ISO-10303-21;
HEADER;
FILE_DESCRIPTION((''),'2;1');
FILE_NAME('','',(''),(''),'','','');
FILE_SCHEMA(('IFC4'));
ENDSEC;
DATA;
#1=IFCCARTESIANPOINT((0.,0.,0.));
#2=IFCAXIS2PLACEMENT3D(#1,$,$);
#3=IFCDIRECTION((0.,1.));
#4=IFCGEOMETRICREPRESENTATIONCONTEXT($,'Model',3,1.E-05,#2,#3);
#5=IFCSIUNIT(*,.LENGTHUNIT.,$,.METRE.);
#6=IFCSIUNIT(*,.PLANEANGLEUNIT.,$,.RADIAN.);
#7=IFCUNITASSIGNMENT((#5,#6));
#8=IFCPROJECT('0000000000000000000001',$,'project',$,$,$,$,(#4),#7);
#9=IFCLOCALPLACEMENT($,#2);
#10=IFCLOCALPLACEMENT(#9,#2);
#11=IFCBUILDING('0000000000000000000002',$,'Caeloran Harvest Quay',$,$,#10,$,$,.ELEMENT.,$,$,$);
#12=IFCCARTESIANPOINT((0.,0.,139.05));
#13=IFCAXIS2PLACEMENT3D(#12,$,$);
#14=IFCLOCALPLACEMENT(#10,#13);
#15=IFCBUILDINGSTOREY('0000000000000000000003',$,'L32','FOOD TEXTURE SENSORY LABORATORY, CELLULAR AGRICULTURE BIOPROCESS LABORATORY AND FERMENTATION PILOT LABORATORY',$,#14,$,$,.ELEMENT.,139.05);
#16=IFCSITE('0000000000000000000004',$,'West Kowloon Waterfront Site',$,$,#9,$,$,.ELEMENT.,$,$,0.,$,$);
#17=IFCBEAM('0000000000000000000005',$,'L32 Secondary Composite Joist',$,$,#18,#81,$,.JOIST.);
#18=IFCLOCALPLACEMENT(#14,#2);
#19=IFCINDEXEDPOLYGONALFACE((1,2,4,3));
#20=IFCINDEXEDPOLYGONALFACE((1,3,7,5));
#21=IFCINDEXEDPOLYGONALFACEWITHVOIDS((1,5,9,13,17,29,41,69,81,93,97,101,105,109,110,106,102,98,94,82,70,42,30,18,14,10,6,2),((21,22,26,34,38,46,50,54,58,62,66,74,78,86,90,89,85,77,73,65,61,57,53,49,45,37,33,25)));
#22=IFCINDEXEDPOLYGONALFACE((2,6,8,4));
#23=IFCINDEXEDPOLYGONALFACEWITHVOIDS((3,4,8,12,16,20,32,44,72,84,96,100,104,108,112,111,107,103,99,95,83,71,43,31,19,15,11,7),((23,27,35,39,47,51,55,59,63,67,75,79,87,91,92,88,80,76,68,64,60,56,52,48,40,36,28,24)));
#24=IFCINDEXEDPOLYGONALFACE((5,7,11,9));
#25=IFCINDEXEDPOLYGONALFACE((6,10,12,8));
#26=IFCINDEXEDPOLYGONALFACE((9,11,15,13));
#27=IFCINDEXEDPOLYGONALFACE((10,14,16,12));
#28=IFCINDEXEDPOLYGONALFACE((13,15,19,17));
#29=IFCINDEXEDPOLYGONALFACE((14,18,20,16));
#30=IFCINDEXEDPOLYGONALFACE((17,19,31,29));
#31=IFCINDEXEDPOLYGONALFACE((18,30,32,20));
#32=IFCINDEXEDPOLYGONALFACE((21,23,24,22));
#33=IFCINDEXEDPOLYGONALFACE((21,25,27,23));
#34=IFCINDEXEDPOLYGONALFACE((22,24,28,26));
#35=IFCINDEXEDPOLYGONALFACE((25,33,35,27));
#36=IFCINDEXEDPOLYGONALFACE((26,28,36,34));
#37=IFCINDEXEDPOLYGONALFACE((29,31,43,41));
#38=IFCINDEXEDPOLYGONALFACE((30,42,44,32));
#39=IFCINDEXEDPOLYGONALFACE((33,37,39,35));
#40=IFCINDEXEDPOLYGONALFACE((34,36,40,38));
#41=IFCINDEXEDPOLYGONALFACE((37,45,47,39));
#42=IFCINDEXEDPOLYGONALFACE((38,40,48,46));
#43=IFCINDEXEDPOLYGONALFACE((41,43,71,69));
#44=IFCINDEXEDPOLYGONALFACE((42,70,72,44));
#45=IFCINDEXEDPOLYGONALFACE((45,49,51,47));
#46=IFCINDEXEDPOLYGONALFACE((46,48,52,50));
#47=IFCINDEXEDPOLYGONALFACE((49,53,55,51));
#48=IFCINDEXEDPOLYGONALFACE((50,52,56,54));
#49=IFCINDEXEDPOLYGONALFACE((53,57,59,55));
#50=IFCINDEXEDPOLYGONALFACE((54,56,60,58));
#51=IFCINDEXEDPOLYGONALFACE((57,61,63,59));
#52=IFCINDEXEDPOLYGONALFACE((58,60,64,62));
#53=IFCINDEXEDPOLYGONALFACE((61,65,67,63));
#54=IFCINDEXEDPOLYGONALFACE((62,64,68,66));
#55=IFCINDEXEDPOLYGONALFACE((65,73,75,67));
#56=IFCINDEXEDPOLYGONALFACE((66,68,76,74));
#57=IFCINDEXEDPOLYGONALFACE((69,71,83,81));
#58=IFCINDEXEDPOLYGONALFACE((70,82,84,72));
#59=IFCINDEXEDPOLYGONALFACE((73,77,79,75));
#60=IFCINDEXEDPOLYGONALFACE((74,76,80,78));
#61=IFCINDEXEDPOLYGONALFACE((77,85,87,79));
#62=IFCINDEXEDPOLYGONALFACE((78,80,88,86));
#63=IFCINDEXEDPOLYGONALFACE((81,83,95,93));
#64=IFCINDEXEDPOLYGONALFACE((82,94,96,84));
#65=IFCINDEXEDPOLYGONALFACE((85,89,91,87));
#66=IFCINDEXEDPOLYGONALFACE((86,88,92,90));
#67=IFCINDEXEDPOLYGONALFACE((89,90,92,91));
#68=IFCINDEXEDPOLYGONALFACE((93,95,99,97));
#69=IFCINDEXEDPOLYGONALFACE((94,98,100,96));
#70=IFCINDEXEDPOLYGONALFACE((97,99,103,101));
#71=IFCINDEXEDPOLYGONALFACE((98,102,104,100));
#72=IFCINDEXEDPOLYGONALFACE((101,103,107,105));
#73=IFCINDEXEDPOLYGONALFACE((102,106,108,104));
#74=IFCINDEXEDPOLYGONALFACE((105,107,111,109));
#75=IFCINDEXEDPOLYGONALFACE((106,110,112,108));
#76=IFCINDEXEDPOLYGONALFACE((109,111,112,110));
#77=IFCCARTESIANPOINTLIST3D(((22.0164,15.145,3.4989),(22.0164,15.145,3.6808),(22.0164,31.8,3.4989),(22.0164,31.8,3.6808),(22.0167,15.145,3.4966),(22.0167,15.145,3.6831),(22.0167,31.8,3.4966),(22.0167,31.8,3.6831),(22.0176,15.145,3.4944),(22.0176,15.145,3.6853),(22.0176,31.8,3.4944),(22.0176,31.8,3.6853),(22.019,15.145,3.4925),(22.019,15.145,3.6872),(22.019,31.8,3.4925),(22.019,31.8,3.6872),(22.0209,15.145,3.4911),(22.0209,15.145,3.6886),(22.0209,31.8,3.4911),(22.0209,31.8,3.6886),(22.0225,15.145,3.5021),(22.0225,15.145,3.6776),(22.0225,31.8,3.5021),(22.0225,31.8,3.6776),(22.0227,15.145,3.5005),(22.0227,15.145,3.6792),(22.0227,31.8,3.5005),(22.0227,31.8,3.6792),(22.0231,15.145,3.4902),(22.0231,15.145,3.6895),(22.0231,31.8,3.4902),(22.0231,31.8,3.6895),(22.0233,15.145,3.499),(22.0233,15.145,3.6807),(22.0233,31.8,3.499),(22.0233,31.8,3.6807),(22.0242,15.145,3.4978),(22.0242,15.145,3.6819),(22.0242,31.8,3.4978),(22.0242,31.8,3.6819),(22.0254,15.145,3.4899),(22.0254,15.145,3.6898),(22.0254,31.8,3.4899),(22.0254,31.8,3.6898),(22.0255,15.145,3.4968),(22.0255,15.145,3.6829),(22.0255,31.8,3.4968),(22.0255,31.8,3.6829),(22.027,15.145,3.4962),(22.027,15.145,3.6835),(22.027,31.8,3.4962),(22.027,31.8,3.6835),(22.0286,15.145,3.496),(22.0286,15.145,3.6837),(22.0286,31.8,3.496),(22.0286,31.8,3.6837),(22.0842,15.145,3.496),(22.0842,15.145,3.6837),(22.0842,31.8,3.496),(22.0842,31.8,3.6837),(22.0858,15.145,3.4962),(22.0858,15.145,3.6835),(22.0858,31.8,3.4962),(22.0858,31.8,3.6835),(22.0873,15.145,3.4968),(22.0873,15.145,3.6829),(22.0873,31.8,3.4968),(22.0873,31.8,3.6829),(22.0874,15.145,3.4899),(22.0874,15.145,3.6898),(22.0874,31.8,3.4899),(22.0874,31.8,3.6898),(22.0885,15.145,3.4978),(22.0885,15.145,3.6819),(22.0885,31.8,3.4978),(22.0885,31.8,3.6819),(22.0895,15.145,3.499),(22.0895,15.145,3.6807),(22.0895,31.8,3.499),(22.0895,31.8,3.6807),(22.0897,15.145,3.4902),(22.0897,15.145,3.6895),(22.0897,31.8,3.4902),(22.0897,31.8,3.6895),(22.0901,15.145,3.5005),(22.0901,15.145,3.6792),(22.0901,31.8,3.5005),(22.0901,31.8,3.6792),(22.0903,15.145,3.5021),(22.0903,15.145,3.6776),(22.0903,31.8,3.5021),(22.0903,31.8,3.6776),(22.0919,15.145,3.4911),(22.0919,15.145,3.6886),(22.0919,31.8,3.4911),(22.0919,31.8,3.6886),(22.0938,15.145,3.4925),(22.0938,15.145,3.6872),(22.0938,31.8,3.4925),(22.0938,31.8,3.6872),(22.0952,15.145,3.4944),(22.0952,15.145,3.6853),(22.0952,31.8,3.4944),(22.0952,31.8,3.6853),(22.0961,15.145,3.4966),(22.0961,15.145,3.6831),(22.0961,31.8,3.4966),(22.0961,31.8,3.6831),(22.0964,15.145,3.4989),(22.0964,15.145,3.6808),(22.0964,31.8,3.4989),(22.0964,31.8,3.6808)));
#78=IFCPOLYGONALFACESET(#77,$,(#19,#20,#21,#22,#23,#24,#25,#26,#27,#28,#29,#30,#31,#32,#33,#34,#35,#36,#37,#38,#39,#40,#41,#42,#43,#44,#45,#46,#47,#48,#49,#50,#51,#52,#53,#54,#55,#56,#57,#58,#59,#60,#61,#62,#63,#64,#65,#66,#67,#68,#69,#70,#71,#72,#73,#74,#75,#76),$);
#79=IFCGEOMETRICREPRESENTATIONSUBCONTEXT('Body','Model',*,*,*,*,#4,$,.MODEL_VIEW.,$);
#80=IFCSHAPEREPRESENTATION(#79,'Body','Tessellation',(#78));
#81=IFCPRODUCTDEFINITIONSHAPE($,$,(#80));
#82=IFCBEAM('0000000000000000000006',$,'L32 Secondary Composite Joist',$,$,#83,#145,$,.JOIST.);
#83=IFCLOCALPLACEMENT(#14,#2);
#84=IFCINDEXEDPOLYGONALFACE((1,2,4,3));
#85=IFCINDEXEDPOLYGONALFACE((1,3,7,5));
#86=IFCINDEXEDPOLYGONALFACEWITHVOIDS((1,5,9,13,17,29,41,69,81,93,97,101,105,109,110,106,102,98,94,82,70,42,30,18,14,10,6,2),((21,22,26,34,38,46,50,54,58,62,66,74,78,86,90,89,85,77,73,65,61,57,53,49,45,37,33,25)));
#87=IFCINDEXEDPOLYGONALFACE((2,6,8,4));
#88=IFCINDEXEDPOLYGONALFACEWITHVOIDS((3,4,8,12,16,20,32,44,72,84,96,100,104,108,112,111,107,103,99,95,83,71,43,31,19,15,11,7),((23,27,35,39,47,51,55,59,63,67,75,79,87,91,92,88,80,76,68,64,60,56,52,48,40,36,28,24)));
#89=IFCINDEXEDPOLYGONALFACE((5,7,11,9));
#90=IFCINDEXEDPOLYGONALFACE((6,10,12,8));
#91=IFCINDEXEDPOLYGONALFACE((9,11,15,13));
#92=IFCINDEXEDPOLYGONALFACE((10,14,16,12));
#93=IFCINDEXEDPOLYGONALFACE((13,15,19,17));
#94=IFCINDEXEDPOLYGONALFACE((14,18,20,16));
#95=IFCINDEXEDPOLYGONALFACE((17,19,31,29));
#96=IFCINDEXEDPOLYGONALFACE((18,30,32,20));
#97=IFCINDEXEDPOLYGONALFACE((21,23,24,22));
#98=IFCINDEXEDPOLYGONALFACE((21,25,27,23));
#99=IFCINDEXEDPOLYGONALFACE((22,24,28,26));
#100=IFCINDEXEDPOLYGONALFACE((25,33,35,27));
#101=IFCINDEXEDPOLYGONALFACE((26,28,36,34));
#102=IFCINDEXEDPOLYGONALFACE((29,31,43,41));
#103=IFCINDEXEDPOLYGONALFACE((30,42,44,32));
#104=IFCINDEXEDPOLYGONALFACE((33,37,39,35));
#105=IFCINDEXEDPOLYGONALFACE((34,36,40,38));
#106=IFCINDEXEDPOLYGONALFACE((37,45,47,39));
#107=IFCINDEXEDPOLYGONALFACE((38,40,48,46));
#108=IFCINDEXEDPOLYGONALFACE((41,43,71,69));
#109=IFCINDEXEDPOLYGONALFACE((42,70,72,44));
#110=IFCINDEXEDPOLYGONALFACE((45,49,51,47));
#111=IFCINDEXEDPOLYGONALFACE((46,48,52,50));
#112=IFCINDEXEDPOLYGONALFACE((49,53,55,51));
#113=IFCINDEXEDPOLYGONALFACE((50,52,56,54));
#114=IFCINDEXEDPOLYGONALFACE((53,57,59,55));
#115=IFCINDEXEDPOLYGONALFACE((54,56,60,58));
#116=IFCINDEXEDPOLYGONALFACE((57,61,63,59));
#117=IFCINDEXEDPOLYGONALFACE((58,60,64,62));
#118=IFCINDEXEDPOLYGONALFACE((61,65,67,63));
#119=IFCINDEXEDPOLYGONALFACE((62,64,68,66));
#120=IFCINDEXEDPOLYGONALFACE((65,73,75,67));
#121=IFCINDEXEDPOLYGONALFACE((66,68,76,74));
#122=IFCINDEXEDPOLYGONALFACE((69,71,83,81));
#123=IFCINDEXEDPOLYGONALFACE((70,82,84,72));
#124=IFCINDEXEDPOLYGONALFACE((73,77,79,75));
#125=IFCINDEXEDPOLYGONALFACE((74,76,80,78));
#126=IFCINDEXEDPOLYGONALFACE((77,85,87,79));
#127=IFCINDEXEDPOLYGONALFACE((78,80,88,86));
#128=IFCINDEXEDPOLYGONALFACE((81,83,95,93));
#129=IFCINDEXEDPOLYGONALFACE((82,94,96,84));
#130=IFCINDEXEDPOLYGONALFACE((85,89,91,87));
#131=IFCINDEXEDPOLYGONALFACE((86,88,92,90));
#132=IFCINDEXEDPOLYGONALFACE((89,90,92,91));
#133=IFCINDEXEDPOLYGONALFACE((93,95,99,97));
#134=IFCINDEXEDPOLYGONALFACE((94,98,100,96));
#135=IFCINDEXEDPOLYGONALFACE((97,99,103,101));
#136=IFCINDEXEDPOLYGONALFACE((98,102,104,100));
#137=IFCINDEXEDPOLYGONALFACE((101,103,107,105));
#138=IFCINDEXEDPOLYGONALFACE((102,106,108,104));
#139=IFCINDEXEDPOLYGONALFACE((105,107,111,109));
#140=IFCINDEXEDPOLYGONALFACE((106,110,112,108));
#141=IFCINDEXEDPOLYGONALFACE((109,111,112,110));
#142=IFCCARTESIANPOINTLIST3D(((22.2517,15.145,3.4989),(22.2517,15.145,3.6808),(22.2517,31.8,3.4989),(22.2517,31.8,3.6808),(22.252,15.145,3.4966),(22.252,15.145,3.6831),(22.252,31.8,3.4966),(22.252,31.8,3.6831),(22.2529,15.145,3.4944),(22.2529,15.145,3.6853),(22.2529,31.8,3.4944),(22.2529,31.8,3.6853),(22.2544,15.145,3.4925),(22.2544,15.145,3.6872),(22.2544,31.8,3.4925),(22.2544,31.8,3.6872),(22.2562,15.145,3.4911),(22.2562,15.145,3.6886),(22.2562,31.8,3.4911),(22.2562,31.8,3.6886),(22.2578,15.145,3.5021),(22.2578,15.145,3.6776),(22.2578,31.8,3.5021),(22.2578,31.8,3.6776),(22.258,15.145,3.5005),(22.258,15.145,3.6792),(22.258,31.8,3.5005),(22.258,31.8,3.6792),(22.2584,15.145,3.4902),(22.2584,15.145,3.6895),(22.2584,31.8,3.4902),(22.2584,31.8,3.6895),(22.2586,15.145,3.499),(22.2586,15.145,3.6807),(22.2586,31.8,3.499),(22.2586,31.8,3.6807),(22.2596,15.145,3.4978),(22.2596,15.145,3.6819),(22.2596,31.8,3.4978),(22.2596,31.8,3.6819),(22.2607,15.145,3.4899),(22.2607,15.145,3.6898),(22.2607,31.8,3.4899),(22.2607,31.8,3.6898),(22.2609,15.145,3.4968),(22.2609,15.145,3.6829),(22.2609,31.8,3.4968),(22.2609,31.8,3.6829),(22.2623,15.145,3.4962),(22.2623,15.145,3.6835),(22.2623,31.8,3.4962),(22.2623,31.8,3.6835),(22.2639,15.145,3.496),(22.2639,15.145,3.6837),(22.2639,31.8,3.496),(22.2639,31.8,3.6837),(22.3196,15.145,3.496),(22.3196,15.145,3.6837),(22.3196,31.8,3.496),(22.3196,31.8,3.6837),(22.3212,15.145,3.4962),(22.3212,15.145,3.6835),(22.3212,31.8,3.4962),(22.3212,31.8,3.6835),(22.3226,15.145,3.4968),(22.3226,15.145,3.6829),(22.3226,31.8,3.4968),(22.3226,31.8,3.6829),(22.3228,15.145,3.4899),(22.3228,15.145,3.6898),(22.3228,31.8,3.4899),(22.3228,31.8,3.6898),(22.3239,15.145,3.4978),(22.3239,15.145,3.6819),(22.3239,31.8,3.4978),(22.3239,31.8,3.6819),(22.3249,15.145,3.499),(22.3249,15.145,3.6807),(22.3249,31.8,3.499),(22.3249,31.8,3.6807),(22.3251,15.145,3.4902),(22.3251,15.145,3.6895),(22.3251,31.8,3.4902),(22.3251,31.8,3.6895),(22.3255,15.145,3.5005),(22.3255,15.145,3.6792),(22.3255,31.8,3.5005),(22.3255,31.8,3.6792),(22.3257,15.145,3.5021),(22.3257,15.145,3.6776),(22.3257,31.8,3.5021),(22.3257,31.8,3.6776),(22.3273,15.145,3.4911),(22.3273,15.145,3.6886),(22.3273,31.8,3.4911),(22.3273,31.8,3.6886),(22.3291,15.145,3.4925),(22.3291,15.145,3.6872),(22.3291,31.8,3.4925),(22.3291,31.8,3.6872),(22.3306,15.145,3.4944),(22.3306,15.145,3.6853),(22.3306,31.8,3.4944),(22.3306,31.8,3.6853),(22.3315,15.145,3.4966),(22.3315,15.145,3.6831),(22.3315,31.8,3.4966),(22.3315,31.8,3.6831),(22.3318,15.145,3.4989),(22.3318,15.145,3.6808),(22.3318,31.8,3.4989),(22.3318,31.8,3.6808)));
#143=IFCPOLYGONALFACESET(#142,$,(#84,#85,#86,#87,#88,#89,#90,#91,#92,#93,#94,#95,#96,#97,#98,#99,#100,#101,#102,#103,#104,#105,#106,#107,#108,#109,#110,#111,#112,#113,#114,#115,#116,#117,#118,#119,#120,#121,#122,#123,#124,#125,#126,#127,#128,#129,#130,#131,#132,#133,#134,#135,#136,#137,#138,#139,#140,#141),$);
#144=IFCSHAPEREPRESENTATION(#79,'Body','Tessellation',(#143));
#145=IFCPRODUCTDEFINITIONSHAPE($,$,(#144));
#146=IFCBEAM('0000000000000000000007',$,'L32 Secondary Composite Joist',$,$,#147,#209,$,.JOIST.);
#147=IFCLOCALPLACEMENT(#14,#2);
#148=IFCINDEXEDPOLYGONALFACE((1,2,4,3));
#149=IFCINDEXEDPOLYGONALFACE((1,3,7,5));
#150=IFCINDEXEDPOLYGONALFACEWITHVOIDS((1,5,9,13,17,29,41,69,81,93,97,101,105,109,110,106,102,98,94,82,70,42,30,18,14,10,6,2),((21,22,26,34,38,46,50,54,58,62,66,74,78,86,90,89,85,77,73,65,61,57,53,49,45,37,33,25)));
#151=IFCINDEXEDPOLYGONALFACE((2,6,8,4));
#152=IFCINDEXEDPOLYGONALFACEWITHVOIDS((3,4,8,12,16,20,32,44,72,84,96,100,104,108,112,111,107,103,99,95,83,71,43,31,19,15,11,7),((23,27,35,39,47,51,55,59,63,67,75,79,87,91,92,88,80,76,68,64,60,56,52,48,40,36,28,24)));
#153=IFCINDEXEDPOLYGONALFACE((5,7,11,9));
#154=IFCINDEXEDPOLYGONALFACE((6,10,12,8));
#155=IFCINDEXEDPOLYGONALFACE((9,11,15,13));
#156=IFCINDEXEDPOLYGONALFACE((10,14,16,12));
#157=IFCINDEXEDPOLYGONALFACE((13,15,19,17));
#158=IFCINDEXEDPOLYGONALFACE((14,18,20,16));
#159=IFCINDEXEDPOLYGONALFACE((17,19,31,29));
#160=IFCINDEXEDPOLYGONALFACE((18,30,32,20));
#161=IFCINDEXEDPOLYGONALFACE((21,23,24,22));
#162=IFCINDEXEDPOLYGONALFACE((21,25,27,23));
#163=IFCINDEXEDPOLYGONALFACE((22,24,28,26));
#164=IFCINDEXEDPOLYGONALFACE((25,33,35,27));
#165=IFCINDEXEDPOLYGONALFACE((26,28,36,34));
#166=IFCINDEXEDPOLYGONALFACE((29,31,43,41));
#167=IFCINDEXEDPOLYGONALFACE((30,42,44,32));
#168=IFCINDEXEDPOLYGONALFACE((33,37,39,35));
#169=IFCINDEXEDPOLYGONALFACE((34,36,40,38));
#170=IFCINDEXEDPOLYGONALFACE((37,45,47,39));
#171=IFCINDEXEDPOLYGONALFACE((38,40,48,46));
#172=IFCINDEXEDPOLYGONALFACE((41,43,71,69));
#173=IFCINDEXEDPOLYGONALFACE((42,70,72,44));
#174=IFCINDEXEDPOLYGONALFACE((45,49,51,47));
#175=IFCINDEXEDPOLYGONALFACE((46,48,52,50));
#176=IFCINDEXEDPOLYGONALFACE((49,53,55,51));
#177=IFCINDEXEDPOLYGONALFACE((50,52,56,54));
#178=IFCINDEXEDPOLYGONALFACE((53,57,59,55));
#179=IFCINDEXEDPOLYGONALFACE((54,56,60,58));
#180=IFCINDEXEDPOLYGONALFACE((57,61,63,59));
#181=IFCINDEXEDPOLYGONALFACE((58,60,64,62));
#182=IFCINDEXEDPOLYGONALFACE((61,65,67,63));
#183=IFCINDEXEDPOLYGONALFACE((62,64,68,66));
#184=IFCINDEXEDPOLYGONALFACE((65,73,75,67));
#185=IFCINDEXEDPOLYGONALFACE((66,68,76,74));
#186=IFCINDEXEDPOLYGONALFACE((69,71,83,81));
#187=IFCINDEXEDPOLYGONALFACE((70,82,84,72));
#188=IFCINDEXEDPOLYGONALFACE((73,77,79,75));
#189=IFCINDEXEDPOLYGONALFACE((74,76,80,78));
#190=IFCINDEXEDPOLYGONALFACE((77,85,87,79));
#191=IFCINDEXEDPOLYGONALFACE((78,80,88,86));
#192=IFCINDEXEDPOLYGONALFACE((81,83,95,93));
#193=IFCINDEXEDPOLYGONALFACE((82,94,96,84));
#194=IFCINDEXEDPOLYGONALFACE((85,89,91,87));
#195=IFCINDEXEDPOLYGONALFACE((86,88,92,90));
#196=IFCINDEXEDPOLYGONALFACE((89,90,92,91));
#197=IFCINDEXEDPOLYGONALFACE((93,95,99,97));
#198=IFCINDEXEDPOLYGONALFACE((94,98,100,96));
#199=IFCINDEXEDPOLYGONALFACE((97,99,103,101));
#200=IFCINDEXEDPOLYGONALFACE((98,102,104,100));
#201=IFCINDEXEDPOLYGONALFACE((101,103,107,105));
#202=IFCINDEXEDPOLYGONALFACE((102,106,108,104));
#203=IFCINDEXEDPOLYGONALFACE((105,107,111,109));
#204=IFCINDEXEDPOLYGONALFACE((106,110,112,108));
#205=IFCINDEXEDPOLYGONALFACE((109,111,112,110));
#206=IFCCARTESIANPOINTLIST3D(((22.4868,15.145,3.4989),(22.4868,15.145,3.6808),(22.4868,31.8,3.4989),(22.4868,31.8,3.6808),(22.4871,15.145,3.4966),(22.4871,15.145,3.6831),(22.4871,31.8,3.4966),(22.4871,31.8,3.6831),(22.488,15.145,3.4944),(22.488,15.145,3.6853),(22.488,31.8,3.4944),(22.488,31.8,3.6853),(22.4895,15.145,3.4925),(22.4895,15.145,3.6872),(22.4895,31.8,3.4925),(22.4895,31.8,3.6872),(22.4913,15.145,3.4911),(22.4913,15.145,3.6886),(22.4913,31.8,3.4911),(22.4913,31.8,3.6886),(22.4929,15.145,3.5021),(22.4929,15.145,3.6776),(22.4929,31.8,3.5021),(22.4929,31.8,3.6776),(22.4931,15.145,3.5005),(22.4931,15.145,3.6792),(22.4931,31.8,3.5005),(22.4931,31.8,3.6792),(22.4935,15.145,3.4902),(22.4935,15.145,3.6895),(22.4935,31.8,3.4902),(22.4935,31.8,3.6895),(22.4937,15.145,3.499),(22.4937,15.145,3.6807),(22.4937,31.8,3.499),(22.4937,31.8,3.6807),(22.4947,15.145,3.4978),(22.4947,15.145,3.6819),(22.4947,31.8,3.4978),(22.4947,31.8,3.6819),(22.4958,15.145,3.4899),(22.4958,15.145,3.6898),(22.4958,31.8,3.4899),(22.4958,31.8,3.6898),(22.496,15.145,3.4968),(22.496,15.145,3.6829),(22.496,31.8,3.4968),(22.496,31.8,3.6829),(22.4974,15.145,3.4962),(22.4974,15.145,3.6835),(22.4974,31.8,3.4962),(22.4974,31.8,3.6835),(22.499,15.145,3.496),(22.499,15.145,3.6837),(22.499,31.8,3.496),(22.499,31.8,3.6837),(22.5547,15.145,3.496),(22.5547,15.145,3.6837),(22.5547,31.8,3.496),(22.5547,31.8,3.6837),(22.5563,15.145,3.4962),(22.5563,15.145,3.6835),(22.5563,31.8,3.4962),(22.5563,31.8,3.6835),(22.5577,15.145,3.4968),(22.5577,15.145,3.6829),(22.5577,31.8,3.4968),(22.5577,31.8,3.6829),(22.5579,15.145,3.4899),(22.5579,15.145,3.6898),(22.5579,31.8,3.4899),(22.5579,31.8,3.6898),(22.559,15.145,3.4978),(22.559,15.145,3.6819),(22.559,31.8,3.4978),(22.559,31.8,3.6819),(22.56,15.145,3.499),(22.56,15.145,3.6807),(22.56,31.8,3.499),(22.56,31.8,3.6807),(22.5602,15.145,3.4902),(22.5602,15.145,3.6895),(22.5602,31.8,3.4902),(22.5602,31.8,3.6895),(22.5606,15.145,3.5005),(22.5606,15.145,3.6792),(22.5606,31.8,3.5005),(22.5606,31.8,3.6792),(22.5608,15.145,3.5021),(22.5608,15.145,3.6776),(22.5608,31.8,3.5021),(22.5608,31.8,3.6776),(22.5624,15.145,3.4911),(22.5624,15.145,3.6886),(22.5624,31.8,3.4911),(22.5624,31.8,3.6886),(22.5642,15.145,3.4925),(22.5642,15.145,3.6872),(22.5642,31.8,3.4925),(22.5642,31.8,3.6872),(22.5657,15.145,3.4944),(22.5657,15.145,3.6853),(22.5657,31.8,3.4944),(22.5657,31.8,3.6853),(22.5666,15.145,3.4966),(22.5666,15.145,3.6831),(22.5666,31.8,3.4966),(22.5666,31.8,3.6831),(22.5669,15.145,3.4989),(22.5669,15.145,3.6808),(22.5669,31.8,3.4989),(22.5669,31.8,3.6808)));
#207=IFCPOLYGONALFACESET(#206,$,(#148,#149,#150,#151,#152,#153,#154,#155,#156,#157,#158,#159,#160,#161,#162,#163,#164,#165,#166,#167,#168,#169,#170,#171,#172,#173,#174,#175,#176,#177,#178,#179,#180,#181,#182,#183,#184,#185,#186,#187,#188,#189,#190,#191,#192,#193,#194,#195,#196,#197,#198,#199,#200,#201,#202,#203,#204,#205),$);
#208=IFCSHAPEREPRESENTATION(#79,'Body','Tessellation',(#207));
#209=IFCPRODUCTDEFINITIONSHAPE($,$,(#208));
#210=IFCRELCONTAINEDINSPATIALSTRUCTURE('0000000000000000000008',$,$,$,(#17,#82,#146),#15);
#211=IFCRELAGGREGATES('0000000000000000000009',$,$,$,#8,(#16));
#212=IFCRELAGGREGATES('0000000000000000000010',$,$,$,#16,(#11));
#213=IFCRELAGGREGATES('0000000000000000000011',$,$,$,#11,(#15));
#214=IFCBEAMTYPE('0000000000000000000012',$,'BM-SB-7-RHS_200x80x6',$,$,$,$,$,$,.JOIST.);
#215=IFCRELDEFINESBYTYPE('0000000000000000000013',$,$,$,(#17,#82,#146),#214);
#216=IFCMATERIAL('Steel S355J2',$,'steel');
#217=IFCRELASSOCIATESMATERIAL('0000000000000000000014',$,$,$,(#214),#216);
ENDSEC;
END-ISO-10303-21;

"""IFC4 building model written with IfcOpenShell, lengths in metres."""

from ifc_helpers import new_model, si_unit, direction, frame, origin, origin_2d, place, context, subcontext, project, spatial, hollow_rectangle, extrude, material, material_profile, profile_set, type_object, element, save


model = new_model("IFC4")

# Units and contexts
model_context = context("Model", 3, precision=1e-05, world=origin(), true_north=direction((0.0, 1.0)))
body_context = subcontext(model_context, "Body", "Model", "MODEL_VIEW")
ifc_project = project(units=[si_unit("LENGTHUNIT", "METRE"), si_unit("PLANEANGLEUNIT", "RADIAN")], contexts=[model_context])

# Site, building, storey
site_placement = place(None, origin())
site = spatial("IfcSite", under=ifc_project, at=site_placement, Name="West Kowloon Waterfront Site", CompositionType="ELEMENT", RefElevation=0.0)
building_placement = place(site_placement, origin())
building = spatial("IfcBuilding", under=site, at=building_placement, Name="Caeloran Harvest Quay", CompositionType="ELEMENT")
storey_placement = place(building_placement, frame((0.0, 0.0, 139.05)))
storey = spatial("IfcBuildingStorey", under=building, at=storey_placement, Name="L32", Description="FOOD TEXTURE SENSORY LABORATORY, CELLULAR AGRICULTURE BIOPROCESS LABORATORY AND FERMENTATION PILOT LABORATORY", CompositionType="ELEMENT", Elevation=139.05)

# Beams
ifc_material_1 = material(Name="Steel S355J2", Category="steel")
ifc_material_profile_1 = material_profile(ifc_material_1, hollow_rectangle(XDim=0.0801, YDim=0.2, WallThickness=0.0061, InnerFilletRadius=0.0061, OuterFilletRadius=0.009, at=origin_2d()), Name="RHS 200x80x6")
ifc_profile_set_1 = profile_set([ifc_material_profile_1], Name="Steel S355J2")
beam_type_1 = type_object("IfcBeamType", Name="BM-SB-7-RHS_200x80x6", PredefinedType="JOIST", material=ifc_profile_set_1)
for number, where, z_axis, x_axis, name in (
    (1, (22.0564, 15.145, 3.5898), (0.0, 1.0, 0.0), (-1.0, 0.0, 0.0), "L32 Secondary Composite Joist"),
    (2, (22.2917, 15.145, 3.5898), (0.0, 1.0, 0.0), (-1.0, 0.0, 0.0), "L32 Secondary Composite Joist"),
    (3, (22.5269, 15.145, 3.5898), (0.0, 1.0, 0.0), (-1.0, 0.0, 0.0), "L32 Secondary Composite Joist"),
):
    element("IfcBeam", number, at=place(storey_placement, frame(where, z_axis=z_axis, x_axis=x_axis)), inside=storey, type_object=beam_type_1, Name=name, PredefinedType="JOIST", context=body_context, shape_type="SweptSolid", body=[
        extrude(hollow_rectangle(XDim=0.0801, YDim=0.2, WallThickness=0.0061, InnerFilletRadius=0.0061, OuterFilletRadius=0.009, at=origin_2d()), origin(), (0.0, 0.0, 1.0), 16.655),
    ])

save(model, "model.ifc")
